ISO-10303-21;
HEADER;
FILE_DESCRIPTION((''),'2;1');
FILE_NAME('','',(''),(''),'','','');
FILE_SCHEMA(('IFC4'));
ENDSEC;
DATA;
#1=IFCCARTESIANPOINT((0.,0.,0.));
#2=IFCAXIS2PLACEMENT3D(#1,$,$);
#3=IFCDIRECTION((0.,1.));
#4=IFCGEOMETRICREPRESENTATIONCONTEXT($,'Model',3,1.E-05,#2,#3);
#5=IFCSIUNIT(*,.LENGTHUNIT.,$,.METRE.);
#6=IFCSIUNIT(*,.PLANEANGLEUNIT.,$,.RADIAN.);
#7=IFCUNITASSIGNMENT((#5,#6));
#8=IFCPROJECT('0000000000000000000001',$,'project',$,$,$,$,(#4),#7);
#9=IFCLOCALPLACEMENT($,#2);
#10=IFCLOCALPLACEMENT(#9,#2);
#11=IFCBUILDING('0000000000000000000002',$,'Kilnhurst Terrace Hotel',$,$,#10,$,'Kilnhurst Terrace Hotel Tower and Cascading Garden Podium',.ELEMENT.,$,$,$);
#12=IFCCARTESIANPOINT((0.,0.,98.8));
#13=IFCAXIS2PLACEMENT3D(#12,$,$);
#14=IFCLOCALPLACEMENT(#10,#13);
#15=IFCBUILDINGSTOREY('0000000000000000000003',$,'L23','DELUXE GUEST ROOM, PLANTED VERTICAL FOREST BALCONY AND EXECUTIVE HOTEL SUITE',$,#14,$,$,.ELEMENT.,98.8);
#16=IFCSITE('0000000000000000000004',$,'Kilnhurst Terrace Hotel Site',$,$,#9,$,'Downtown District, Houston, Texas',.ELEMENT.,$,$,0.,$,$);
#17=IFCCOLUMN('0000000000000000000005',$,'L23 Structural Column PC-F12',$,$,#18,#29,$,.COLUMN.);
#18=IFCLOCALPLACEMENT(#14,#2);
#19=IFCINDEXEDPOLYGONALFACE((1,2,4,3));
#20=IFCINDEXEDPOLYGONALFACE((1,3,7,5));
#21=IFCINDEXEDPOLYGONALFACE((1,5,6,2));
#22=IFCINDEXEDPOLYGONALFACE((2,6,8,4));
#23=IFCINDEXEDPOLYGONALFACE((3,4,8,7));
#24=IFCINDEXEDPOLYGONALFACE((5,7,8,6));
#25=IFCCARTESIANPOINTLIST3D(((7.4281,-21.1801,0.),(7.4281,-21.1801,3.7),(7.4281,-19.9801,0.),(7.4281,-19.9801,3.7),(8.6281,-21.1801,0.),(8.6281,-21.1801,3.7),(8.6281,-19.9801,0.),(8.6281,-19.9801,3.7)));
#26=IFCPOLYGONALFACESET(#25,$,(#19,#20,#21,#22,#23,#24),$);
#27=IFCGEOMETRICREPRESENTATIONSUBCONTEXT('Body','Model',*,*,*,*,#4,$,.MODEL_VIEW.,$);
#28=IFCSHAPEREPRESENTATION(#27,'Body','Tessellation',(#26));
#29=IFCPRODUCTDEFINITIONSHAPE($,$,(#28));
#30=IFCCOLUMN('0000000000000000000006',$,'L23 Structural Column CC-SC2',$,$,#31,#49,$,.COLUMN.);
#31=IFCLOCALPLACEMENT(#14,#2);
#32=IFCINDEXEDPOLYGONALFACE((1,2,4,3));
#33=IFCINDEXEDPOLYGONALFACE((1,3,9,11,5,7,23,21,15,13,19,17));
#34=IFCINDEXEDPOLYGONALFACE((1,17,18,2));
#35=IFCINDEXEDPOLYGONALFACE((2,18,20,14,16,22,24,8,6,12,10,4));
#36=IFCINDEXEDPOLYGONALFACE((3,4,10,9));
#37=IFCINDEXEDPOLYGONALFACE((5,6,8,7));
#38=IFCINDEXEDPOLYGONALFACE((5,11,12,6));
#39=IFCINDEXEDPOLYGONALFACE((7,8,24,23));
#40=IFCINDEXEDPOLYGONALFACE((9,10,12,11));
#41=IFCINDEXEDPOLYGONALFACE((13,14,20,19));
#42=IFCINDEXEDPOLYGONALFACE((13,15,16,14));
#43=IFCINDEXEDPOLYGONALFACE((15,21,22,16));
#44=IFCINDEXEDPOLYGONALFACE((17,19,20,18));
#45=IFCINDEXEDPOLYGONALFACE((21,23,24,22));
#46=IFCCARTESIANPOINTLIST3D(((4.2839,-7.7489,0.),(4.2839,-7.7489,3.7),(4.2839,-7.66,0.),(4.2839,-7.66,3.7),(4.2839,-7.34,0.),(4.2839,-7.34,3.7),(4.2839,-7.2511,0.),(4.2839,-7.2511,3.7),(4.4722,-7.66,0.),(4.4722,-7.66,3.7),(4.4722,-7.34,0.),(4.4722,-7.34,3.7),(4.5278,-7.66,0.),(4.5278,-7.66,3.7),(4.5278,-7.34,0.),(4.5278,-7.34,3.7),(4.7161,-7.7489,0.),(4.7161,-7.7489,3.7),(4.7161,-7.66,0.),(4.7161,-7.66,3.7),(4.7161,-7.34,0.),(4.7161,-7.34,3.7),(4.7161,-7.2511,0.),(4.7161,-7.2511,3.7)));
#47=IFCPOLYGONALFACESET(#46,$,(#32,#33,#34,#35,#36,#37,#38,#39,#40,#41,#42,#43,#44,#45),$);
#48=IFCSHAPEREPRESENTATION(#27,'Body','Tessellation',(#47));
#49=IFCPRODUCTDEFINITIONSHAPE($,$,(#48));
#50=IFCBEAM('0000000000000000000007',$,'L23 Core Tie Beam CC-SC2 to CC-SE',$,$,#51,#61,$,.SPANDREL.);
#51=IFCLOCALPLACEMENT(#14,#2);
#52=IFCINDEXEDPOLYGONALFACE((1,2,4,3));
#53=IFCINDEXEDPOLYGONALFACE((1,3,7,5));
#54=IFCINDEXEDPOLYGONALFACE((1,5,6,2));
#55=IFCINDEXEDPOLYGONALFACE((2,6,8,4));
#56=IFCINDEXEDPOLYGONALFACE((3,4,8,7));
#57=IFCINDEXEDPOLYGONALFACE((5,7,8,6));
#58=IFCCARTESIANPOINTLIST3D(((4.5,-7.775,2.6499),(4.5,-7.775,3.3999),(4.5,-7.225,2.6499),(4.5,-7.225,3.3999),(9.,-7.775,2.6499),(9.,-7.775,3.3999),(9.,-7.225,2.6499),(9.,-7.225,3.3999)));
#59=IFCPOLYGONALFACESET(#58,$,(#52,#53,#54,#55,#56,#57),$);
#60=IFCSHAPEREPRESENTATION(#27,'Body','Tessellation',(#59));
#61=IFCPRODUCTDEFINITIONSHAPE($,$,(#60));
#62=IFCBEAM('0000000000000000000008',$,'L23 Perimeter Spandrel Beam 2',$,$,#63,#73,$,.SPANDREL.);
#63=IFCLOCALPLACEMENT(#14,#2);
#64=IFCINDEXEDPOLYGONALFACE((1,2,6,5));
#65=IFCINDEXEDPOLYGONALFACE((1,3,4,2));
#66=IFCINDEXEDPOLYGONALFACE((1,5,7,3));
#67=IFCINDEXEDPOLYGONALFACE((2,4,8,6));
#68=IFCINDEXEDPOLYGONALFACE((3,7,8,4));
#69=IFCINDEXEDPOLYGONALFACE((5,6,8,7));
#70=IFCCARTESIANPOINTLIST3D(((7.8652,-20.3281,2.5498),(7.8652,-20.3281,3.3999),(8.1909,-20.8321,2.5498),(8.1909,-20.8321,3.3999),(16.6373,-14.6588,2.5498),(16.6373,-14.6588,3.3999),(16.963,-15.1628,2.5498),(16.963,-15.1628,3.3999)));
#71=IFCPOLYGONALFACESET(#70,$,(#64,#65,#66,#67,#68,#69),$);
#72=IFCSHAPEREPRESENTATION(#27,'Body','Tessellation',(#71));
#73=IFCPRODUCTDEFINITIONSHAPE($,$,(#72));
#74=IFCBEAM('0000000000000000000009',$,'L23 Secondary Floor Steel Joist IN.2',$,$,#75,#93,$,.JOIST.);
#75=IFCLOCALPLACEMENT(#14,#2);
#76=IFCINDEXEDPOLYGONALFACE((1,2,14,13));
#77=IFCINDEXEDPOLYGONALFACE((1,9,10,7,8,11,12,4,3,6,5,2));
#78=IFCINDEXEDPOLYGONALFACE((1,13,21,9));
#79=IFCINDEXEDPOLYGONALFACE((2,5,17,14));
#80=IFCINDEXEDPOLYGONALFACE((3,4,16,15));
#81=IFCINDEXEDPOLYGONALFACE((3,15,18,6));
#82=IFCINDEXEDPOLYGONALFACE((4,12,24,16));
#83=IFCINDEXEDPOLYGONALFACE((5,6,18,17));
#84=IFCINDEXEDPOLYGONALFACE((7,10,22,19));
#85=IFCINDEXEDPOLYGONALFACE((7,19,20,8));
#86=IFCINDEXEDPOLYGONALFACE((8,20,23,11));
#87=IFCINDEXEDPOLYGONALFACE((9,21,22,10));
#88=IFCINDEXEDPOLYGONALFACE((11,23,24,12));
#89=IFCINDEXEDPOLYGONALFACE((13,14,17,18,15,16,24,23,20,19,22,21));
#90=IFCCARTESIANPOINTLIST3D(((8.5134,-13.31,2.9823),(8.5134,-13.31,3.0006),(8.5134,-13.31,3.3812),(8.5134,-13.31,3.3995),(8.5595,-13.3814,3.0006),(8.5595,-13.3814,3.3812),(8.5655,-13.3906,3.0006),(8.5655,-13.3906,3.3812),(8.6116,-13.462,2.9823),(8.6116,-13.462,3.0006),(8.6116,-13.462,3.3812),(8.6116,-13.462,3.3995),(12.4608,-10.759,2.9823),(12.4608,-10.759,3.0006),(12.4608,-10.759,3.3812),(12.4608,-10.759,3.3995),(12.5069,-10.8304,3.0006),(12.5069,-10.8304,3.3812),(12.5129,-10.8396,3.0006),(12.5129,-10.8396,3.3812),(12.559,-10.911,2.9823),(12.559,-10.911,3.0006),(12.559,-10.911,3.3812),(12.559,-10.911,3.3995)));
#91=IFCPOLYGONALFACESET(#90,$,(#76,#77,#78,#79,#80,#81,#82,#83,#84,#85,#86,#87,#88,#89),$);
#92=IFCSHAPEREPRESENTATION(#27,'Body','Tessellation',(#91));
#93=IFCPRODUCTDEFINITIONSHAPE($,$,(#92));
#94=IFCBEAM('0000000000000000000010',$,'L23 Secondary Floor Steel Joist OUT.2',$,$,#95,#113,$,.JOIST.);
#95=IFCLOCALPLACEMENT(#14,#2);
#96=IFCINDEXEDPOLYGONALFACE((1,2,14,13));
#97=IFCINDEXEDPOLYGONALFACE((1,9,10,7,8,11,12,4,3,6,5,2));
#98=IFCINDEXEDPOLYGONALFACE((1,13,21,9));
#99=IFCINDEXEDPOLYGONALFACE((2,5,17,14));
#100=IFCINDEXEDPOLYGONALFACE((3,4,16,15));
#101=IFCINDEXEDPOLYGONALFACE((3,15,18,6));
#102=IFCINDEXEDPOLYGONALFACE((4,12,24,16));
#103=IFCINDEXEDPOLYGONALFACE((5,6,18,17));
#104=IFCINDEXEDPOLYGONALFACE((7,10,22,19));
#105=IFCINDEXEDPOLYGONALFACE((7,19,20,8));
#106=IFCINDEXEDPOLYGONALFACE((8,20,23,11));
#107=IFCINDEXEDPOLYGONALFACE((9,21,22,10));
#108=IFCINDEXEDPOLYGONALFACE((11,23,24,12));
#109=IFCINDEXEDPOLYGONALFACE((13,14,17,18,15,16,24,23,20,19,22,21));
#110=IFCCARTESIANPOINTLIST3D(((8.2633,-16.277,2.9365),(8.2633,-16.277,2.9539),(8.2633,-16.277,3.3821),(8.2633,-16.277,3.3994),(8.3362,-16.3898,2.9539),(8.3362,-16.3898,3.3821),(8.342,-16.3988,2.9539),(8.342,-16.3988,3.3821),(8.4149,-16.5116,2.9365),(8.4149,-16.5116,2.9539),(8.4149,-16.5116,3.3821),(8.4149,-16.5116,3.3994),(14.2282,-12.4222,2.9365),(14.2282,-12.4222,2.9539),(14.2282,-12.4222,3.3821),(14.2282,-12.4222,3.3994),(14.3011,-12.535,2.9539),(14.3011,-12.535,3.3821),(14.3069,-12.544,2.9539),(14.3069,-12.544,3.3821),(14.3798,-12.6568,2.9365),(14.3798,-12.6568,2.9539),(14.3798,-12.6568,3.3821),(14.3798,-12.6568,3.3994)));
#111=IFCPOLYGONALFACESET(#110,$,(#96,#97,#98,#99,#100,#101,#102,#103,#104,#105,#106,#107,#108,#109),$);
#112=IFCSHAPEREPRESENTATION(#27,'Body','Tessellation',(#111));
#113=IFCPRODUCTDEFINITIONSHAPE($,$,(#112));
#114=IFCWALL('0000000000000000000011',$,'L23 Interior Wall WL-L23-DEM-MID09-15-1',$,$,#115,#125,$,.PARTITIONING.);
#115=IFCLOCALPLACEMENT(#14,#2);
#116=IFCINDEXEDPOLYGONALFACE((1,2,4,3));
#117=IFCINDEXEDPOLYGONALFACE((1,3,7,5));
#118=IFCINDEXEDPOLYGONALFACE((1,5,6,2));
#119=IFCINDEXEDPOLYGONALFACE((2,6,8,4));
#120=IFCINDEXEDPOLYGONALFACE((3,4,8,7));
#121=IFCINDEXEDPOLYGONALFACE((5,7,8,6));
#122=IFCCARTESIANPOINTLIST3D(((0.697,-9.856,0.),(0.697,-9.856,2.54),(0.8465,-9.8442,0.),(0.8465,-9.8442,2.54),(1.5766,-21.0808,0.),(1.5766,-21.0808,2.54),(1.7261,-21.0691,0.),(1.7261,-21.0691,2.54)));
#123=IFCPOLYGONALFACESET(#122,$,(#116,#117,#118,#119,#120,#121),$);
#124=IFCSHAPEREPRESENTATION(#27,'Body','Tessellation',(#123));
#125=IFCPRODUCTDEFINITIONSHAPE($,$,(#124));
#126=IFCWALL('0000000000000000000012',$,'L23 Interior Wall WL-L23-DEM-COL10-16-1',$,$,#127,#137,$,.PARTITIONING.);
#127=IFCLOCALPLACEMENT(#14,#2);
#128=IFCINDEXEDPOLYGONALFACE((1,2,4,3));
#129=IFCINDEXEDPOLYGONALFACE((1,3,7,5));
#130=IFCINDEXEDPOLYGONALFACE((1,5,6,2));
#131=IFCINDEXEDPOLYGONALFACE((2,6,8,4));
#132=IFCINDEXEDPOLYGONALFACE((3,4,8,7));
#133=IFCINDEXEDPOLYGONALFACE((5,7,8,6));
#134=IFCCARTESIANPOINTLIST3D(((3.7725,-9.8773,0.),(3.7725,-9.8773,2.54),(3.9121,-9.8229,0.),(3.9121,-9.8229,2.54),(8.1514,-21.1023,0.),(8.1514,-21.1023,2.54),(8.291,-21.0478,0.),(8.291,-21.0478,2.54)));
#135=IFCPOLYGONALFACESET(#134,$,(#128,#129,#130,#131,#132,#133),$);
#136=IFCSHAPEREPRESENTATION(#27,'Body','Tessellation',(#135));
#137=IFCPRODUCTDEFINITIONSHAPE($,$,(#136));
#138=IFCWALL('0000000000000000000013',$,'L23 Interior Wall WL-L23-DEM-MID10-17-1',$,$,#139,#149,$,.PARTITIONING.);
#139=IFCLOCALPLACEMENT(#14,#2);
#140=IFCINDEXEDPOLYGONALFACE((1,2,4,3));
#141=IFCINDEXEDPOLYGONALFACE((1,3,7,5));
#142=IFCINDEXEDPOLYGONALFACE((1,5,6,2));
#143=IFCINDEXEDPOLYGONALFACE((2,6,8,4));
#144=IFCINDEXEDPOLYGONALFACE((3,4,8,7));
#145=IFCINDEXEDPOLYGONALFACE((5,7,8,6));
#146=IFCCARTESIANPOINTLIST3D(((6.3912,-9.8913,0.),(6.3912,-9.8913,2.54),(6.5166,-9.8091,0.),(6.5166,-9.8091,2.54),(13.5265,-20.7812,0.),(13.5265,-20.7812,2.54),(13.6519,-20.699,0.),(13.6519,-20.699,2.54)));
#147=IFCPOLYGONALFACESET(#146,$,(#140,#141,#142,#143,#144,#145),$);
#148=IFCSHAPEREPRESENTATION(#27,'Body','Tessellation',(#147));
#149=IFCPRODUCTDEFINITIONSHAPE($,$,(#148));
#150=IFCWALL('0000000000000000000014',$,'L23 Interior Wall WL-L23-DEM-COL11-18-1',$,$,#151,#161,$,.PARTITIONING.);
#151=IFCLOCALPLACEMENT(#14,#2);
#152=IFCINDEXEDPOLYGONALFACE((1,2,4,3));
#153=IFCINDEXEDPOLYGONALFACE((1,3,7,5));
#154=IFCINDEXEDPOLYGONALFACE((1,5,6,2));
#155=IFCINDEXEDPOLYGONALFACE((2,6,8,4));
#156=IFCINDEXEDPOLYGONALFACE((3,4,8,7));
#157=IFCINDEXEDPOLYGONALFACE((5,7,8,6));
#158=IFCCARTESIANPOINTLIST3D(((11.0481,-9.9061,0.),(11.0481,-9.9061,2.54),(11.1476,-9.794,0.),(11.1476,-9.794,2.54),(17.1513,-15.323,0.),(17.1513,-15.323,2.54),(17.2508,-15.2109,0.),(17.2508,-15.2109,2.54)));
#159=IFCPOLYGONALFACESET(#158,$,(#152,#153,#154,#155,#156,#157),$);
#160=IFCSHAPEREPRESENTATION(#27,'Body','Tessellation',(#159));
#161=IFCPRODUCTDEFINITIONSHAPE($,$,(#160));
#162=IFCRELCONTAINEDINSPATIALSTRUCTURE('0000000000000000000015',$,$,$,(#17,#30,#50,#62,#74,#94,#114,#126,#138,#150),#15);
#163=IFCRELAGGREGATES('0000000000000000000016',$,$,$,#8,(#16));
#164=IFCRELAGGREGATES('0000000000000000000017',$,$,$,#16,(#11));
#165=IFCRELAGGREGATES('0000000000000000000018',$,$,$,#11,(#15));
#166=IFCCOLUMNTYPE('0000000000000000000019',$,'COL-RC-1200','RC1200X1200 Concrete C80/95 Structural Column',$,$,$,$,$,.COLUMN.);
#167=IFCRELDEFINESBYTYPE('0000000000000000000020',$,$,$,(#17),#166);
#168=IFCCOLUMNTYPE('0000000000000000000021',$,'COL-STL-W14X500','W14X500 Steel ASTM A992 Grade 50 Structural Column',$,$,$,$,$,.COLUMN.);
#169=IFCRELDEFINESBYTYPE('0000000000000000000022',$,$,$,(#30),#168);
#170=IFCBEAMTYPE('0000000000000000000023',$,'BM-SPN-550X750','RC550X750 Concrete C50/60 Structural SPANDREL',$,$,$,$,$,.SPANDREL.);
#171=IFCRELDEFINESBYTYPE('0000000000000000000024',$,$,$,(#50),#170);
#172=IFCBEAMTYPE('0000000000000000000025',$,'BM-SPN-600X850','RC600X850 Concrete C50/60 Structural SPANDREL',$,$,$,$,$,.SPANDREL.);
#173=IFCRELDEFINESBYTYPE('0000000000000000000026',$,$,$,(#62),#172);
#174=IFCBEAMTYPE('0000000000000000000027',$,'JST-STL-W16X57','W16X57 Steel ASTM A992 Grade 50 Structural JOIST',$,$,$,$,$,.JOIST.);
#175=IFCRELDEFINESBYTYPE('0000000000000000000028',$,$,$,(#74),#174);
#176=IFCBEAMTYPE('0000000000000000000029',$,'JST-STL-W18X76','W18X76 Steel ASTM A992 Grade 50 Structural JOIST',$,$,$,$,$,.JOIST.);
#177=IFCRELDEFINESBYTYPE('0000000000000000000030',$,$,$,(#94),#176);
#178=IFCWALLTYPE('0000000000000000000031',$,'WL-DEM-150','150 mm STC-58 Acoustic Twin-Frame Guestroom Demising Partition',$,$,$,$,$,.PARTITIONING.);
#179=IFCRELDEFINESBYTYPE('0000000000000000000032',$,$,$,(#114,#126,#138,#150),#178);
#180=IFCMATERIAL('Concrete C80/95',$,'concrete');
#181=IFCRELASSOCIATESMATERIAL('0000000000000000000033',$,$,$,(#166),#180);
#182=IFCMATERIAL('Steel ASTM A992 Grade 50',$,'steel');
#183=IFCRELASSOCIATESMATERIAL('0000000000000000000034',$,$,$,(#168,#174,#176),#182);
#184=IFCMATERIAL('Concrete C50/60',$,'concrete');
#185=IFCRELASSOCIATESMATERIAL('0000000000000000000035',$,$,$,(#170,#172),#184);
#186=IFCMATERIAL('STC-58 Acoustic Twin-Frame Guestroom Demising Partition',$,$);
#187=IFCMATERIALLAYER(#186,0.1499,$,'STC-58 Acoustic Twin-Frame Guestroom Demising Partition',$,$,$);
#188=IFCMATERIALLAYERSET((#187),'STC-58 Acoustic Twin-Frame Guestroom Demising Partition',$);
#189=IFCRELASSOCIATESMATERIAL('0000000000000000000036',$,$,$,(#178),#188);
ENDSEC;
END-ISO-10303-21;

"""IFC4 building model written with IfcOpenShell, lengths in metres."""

from ifc_helpers import new_model, si_unit, direction, frame, frame_2d, origin, origin_2d, place, context, subcontext, project, spatial, rectangle, i_section, extrude, material, layer, layer_set, material_profile, profile_set, type_object, element, save


model = new_model("IFC4")

# Units and contexts
model_context = context("Model", 3, precision=1e-05, world=origin(), true_north=direction((0.0, 1.0)))
body_context = subcontext(model_context, "Body", "Model", "MODEL_VIEW")
ifc_project = project(units=[si_unit("LENGTHUNIT", "METRE"), si_unit("PLANEANGLEUNIT", "RADIAN")], contexts=[model_context])

# Site, building, storey
site_placement = place(None, origin())
site = spatial("IfcSite", under=ifc_project, at=site_placement, Name="Kilnhurst Terrace Hotel Site", LongName="Downtown District, Houston, Texas", CompositionType="ELEMENT", RefElevation=0.0)
building_placement = place(site_placement, origin())
building = spatial("IfcBuilding", under=site, at=building_placement, Name="Kilnhurst Terrace Hotel", LongName="Kilnhurst Terrace Hotel Tower and Cascading Garden Podium", CompositionType="ELEMENT")
storey_placement = place(building_placement, frame((0.0, 0.0, 98.8)))
storey = spatial("IfcBuildingStorey", under=building, at=storey_placement, Name="L23", Description="DELUXE GUEST ROOM, PLANTED VERTICAL FOREST BALCONY AND EXECUTIVE HOTEL SUITE", CompositionType="ELEMENT", Elevation=98.8)

# Columns
ifc_material_1 = material(Name="Concrete C80/95", Category="concrete")
ifc_material_profile_1 = material_profile(ifc_material_1, rectangle(XDim=1.2, YDim=1.2, at=origin_2d()), Name="RC1200X1200")
ifc_profile_set_1 = profile_set([ifc_material_profile_1], Name="Concrete C80/95")
column_type_1 = type_object("IfcColumnType", Name="COL-RC-1200", Description="RC1200X1200 Concrete C80/95 Structural Column", PredefinedType="COLUMN", material=ifc_profile_set_1)
column_1_placement = place(storey_placement, frame((8.0281, -20.5801, 0.0), z_axis=(0.0, 0.0, 1.0), x_axis=(1.0, 0.0, 0.0)))
element("IfcColumn", 1, at=column_1_placement, inside=storey, type_object=column_type_1, Name="L23 Structural Column PC-F12", PredefinedType="COLUMN", context=body_context, shape_type="SweptSolid", body=[
    extrude(rectangle(XDim=1.2, YDim=1.2, at=origin_2d()), origin(), (0.0, 0.0, 1.0), 3.7),
])
ifc_material_2 = material(Name="Steel ASTM A992 Grade 50", Category="steel")
ifc_material_profile_2 = material_profile(ifc_material_2, i_section(OverallWidth=0.4321, OverallDepth=0.4978, WebThickness=0.0557, FlangeThickness=0.0889, at=origin_2d()), Name="W14X500")
ifc_profile_set_2 = profile_set([ifc_material_profile_2], Name="Steel ASTM A992 Grade 50")
column_type_2 = type_object("IfcColumnType", Name="COL-STL-W14X500", Description="W14X500 Steel ASTM A992 Grade 50 Structural Column", PredefinedType="COLUMN", material=ifc_profile_set_2)
column_2_placement = place(storey_placement, frame((4.5, -7.5, 0.0), z_axis=(0.0, 0.0, 1.0), x_axis=(1.0, 0.0, 0.0)))
element("IfcColumn", 2, at=column_2_placement, inside=storey, type_object=column_type_2, Name="L23 Structural Column CC-SC2", PredefinedType="COLUMN", context=body_context, shape_type="SweptSolid", body=[
    extrude(i_section(OverallWidth=0.4321, OverallDepth=0.4978, WebThickness=0.0557, FlangeThickness=0.0889, at=origin_2d()), origin(), (0.0, 0.0, 1.0), 3.7),
])

# Beams
ifc_material_3 = material(Name="Concrete C50/60", Category="concrete")
ifc_material_profile_3 = material_profile(ifc_material_3, rectangle(XDim=0.55, YDim=0.75, at=origin_2d()), Name="RC550X750")
ifc_profile_set_3 = profile_set([ifc_material_profile_3], Name="Concrete C50/60")
beam_type_1 = type_object("IfcBeamType", Name="BM-SPN-550X750", Description="RC550X750 Concrete C50/60 Structural SPANDREL", PredefinedType="SPANDREL", material=ifc_profile_set_3)
beam_1_placement = place(storey_placement, frame((4.5, -7.5, 3.0249), z_axis=(1.0, 0.0, 0.0), x_axis=(0.0, 1.0, 0.0)))
element("IfcBeam", 3, at=beam_1_placement, inside=storey, type_object=beam_type_1, Name="L23 Core Tie Beam CC-SC2 to CC-SE", PredefinedType="SPANDREL", context=body_context, shape_type="SweptSolid", body=[
    extrude(rectangle(XDim=0.55, YDim=0.75, at=origin_2d()), origin(), (0.0, 0.0, 1.0), 4.5),
])
ifc_material_profile_4 = material_profile(ifc_material_3, rectangle(XDim=0.6001, YDim=0.8501, at=origin_2d()), Name="RC600X850")
ifc_profile_set_4 = profile_set([ifc_material_profile_4], Name="Concrete C50/60")
beam_type_2 = type_object("IfcBeamType", Name="BM-SPN-600X850", Description="RC600X850 Concrete C50/60 Structural SPANDREL", PredefinedType="SPANDREL", material=ifc_profile_set_4)
beam_2_placement = place(storey_placement, frame((8.0281, -20.5801, 2.9749), z_axis=(0.839867, 0.542793, 0.0), x_axis=(-0.542793, 0.839867, 0.0)))
element("IfcBeam", 4, at=beam_2_placement, inside=storey, type_object=beam_type_2, Name="L23 Perimeter Spandrel Beam 2", PredefinedType="SPANDREL", context=body_context, shape_type="SweptSolid", body=[
    extrude(rectangle(XDim=0.6001, YDim=0.8501, at=origin_2d()), origin(), (0.0, 0.0, 1.0), 10.4446),
])
ifc_material_profile_5 = material_profile(ifc_material_2, i_section(OverallWidth=0.1809, OverallDepth=0.4172, WebThickness=0.011, FlangeThickness=0.0183, at=origin_2d()), Name="W16X57")
ifc_profile_set_5 = profile_set([ifc_material_profile_5], Name="Steel ASTM A992 Grade 50")
beam_type_3 = type_object("IfcBeamType", Name="JST-STL-W16X57", Description="W16X57 Steel ASTM A992 Grade 50 Structural JOIST", PredefinedType="JOIST", material=ifc_profile_set_5)
beam_3_placement = place(storey_placement, frame((8.5625, -13.386, 3.1909), z_axis=(0.839885, 0.542764, 0.0), x_axis=(-0.542764, 0.839885, 0.0)))
element("IfcBeam", 5, at=beam_3_placement, inside=storey, type_object=beam_type_3, Name="L23 Secondary Floor Steel Joist IN.2", PredefinedType="JOIST", context=body_context, shape_type="SweptSolid", body=[
    extrude(i_section(OverallWidth=0.1809, OverallDepth=0.4172, WebThickness=0.011, FlangeThickness=0.0183, at=origin_2d()), origin(), (0.0, 0.0, 1.0), 4.7),
])
ifc_material_profile_6 = material_profile(ifc_material_2, i_section(OverallWidth=0.2793, OverallDepth=0.4629, WebThickness=0.0107, FlangeThickness=0.0173, at=origin_2d()), Name="W18X76")
ifc_profile_set_6 = profile_set([ifc_material_profile_6], Name="Steel ASTM A992 Grade 50")
beam_type_4 = type_object("IfcBeamType", Name="JST-STL-W18X76", Description="W18X76 Steel ASTM A992 Grade 50 Structural JOIST", PredefinedType="JOIST", material=ifc_profile_set_6)
beam_4_placement = place(storey_placement, frame((8.3391, -16.3943, 3.168), z_axis=(0.839883, 0.542768, 0.0), x_axis=(-0.542768, 0.839883, 0.0)))
element("IfcBeam", 6, at=beam_4_placement, inside=storey, type_object=beam_type_4, Name="L23 Secondary Floor Steel Joist OUT.2", PredefinedType="JOIST", context=body_context, shape_type="SweptSolid", body=[
    extrude(i_section(OverallWidth=0.2793, OverallDepth=0.4629, WebThickness=0.0107, FlangeThickness=0.0173, at=origin_2d()), origin(), (0.0, 0.0, 1.0), 7.1021),
])

# Walls
ifc_material_4 = material(Name="STC-58 Acoustic Twin-Frame Guestroom Demising Partition")
ifc_layer_1 = layer(ifc_material_4, 0.1499, Name="STC-58 Acoustic Twin-Frame Guestroom Demising Partition")
ifc_layer_set_1 = layer_set([ifc_layer_1], Name="STC-58 Acoustic Twin-Frame Guestroom Demising Partition")
wall_type_1 = type_object("IfcWallType", Name="WL-DEM-150", Description="150 mm STC-58 Acoustic Twin-Frame Guestroom Demising Partition", PredefinedType="PARTITIONING", material=ifc_layer_set_1)
wall_1_placement = place(storey_placement, frame((0.7717, -9.8501, 0.0), z_axis=(0.0, 0.0, 1.0), x_axis=(0.078126, -0.996944, 0.0)))
element("IfcWall", 7, at=wall_1_placement, inside=storey, type_object=wall_type_1, Name="L23 Interior Wall WL-L23-DEM-MID09-15-1", PredefinedType="PARTITIONING", context=body_context, shape_type="SweptSolid", body=[
    extrude(rectangle(XDim=11.2593, YDim=0.1499, at=frame_2d((5.6296, 0.0))), origin(), (0.0, 0.0, 1.0), 2.54),
])
wall_2_placement = place(storey_placement, frame((3.8423, -9.8501, 0.0), z_axis=(0.0, 0.0, 1.0), x_axis=(0.363433, -0.93162, 0.0)))
element("IfcWall", 8, at=wall_2_placement, inside=storey, type_object=wall_type_1, Name="L23 Interior Wall WL-L23-DEM-COL10-16-1", PredefinedType="PARTITIONING", context=body_context, shape_type="SweptSolid", body=[
    extrude(rectangle(XDim=12.0488, YDim=0.1499, at=frame_2d((6.0244, 0.0))), origin(), (0.0, 0.0, 1.0), 2.54),
])
wall_3_placement = place(storey_placement, frame((6.4539, -9.8501, 0.0), z_axis=(0.0, 0.0, 1.0), x_axis=(0.548053, -0.836444, 0.0)))
element("IfcWall", 9, at=wall_3_placement, inside=storey, type_object=wall_type_1, Name="L23 Interior Wall WL-L23-DEM-MID10-17-1", PredefinedType="PARTITIONING", context=body_context, shape_type="SweptSolid", body=[
    extrude(rectangle(XDim=13.0193, YDim=0.1499, at=frame_2d((6.5098, 0.0))), origin(), (0.0, 0.0, 1.0), 2.54),
])
wall_4_placement = place(storey_placement, frame((11.0979, -9.8501, 0.0), z_axis=(0.0, 0.0, 1.0), x_axis=(0.747904, -0.663807, 0.0)))
element("IfcWall", 10, at=wall_4_placement, inside=storey, type_object=wall_type_1, Name="L23 Interior Wall WL-L23-DEM-COL11-18-1", PredefinedType="PARTITIONING", context=body_context, shape_type="SweptSolid", body=[
    extrude(rectangle(XDim=8.1604, YDim=0.1499, at=frame_2d((4.0801, 0.0))), origin(), (0.0, 0.0, 1.0), 2.54),
])

save(model, "model.ifc")
